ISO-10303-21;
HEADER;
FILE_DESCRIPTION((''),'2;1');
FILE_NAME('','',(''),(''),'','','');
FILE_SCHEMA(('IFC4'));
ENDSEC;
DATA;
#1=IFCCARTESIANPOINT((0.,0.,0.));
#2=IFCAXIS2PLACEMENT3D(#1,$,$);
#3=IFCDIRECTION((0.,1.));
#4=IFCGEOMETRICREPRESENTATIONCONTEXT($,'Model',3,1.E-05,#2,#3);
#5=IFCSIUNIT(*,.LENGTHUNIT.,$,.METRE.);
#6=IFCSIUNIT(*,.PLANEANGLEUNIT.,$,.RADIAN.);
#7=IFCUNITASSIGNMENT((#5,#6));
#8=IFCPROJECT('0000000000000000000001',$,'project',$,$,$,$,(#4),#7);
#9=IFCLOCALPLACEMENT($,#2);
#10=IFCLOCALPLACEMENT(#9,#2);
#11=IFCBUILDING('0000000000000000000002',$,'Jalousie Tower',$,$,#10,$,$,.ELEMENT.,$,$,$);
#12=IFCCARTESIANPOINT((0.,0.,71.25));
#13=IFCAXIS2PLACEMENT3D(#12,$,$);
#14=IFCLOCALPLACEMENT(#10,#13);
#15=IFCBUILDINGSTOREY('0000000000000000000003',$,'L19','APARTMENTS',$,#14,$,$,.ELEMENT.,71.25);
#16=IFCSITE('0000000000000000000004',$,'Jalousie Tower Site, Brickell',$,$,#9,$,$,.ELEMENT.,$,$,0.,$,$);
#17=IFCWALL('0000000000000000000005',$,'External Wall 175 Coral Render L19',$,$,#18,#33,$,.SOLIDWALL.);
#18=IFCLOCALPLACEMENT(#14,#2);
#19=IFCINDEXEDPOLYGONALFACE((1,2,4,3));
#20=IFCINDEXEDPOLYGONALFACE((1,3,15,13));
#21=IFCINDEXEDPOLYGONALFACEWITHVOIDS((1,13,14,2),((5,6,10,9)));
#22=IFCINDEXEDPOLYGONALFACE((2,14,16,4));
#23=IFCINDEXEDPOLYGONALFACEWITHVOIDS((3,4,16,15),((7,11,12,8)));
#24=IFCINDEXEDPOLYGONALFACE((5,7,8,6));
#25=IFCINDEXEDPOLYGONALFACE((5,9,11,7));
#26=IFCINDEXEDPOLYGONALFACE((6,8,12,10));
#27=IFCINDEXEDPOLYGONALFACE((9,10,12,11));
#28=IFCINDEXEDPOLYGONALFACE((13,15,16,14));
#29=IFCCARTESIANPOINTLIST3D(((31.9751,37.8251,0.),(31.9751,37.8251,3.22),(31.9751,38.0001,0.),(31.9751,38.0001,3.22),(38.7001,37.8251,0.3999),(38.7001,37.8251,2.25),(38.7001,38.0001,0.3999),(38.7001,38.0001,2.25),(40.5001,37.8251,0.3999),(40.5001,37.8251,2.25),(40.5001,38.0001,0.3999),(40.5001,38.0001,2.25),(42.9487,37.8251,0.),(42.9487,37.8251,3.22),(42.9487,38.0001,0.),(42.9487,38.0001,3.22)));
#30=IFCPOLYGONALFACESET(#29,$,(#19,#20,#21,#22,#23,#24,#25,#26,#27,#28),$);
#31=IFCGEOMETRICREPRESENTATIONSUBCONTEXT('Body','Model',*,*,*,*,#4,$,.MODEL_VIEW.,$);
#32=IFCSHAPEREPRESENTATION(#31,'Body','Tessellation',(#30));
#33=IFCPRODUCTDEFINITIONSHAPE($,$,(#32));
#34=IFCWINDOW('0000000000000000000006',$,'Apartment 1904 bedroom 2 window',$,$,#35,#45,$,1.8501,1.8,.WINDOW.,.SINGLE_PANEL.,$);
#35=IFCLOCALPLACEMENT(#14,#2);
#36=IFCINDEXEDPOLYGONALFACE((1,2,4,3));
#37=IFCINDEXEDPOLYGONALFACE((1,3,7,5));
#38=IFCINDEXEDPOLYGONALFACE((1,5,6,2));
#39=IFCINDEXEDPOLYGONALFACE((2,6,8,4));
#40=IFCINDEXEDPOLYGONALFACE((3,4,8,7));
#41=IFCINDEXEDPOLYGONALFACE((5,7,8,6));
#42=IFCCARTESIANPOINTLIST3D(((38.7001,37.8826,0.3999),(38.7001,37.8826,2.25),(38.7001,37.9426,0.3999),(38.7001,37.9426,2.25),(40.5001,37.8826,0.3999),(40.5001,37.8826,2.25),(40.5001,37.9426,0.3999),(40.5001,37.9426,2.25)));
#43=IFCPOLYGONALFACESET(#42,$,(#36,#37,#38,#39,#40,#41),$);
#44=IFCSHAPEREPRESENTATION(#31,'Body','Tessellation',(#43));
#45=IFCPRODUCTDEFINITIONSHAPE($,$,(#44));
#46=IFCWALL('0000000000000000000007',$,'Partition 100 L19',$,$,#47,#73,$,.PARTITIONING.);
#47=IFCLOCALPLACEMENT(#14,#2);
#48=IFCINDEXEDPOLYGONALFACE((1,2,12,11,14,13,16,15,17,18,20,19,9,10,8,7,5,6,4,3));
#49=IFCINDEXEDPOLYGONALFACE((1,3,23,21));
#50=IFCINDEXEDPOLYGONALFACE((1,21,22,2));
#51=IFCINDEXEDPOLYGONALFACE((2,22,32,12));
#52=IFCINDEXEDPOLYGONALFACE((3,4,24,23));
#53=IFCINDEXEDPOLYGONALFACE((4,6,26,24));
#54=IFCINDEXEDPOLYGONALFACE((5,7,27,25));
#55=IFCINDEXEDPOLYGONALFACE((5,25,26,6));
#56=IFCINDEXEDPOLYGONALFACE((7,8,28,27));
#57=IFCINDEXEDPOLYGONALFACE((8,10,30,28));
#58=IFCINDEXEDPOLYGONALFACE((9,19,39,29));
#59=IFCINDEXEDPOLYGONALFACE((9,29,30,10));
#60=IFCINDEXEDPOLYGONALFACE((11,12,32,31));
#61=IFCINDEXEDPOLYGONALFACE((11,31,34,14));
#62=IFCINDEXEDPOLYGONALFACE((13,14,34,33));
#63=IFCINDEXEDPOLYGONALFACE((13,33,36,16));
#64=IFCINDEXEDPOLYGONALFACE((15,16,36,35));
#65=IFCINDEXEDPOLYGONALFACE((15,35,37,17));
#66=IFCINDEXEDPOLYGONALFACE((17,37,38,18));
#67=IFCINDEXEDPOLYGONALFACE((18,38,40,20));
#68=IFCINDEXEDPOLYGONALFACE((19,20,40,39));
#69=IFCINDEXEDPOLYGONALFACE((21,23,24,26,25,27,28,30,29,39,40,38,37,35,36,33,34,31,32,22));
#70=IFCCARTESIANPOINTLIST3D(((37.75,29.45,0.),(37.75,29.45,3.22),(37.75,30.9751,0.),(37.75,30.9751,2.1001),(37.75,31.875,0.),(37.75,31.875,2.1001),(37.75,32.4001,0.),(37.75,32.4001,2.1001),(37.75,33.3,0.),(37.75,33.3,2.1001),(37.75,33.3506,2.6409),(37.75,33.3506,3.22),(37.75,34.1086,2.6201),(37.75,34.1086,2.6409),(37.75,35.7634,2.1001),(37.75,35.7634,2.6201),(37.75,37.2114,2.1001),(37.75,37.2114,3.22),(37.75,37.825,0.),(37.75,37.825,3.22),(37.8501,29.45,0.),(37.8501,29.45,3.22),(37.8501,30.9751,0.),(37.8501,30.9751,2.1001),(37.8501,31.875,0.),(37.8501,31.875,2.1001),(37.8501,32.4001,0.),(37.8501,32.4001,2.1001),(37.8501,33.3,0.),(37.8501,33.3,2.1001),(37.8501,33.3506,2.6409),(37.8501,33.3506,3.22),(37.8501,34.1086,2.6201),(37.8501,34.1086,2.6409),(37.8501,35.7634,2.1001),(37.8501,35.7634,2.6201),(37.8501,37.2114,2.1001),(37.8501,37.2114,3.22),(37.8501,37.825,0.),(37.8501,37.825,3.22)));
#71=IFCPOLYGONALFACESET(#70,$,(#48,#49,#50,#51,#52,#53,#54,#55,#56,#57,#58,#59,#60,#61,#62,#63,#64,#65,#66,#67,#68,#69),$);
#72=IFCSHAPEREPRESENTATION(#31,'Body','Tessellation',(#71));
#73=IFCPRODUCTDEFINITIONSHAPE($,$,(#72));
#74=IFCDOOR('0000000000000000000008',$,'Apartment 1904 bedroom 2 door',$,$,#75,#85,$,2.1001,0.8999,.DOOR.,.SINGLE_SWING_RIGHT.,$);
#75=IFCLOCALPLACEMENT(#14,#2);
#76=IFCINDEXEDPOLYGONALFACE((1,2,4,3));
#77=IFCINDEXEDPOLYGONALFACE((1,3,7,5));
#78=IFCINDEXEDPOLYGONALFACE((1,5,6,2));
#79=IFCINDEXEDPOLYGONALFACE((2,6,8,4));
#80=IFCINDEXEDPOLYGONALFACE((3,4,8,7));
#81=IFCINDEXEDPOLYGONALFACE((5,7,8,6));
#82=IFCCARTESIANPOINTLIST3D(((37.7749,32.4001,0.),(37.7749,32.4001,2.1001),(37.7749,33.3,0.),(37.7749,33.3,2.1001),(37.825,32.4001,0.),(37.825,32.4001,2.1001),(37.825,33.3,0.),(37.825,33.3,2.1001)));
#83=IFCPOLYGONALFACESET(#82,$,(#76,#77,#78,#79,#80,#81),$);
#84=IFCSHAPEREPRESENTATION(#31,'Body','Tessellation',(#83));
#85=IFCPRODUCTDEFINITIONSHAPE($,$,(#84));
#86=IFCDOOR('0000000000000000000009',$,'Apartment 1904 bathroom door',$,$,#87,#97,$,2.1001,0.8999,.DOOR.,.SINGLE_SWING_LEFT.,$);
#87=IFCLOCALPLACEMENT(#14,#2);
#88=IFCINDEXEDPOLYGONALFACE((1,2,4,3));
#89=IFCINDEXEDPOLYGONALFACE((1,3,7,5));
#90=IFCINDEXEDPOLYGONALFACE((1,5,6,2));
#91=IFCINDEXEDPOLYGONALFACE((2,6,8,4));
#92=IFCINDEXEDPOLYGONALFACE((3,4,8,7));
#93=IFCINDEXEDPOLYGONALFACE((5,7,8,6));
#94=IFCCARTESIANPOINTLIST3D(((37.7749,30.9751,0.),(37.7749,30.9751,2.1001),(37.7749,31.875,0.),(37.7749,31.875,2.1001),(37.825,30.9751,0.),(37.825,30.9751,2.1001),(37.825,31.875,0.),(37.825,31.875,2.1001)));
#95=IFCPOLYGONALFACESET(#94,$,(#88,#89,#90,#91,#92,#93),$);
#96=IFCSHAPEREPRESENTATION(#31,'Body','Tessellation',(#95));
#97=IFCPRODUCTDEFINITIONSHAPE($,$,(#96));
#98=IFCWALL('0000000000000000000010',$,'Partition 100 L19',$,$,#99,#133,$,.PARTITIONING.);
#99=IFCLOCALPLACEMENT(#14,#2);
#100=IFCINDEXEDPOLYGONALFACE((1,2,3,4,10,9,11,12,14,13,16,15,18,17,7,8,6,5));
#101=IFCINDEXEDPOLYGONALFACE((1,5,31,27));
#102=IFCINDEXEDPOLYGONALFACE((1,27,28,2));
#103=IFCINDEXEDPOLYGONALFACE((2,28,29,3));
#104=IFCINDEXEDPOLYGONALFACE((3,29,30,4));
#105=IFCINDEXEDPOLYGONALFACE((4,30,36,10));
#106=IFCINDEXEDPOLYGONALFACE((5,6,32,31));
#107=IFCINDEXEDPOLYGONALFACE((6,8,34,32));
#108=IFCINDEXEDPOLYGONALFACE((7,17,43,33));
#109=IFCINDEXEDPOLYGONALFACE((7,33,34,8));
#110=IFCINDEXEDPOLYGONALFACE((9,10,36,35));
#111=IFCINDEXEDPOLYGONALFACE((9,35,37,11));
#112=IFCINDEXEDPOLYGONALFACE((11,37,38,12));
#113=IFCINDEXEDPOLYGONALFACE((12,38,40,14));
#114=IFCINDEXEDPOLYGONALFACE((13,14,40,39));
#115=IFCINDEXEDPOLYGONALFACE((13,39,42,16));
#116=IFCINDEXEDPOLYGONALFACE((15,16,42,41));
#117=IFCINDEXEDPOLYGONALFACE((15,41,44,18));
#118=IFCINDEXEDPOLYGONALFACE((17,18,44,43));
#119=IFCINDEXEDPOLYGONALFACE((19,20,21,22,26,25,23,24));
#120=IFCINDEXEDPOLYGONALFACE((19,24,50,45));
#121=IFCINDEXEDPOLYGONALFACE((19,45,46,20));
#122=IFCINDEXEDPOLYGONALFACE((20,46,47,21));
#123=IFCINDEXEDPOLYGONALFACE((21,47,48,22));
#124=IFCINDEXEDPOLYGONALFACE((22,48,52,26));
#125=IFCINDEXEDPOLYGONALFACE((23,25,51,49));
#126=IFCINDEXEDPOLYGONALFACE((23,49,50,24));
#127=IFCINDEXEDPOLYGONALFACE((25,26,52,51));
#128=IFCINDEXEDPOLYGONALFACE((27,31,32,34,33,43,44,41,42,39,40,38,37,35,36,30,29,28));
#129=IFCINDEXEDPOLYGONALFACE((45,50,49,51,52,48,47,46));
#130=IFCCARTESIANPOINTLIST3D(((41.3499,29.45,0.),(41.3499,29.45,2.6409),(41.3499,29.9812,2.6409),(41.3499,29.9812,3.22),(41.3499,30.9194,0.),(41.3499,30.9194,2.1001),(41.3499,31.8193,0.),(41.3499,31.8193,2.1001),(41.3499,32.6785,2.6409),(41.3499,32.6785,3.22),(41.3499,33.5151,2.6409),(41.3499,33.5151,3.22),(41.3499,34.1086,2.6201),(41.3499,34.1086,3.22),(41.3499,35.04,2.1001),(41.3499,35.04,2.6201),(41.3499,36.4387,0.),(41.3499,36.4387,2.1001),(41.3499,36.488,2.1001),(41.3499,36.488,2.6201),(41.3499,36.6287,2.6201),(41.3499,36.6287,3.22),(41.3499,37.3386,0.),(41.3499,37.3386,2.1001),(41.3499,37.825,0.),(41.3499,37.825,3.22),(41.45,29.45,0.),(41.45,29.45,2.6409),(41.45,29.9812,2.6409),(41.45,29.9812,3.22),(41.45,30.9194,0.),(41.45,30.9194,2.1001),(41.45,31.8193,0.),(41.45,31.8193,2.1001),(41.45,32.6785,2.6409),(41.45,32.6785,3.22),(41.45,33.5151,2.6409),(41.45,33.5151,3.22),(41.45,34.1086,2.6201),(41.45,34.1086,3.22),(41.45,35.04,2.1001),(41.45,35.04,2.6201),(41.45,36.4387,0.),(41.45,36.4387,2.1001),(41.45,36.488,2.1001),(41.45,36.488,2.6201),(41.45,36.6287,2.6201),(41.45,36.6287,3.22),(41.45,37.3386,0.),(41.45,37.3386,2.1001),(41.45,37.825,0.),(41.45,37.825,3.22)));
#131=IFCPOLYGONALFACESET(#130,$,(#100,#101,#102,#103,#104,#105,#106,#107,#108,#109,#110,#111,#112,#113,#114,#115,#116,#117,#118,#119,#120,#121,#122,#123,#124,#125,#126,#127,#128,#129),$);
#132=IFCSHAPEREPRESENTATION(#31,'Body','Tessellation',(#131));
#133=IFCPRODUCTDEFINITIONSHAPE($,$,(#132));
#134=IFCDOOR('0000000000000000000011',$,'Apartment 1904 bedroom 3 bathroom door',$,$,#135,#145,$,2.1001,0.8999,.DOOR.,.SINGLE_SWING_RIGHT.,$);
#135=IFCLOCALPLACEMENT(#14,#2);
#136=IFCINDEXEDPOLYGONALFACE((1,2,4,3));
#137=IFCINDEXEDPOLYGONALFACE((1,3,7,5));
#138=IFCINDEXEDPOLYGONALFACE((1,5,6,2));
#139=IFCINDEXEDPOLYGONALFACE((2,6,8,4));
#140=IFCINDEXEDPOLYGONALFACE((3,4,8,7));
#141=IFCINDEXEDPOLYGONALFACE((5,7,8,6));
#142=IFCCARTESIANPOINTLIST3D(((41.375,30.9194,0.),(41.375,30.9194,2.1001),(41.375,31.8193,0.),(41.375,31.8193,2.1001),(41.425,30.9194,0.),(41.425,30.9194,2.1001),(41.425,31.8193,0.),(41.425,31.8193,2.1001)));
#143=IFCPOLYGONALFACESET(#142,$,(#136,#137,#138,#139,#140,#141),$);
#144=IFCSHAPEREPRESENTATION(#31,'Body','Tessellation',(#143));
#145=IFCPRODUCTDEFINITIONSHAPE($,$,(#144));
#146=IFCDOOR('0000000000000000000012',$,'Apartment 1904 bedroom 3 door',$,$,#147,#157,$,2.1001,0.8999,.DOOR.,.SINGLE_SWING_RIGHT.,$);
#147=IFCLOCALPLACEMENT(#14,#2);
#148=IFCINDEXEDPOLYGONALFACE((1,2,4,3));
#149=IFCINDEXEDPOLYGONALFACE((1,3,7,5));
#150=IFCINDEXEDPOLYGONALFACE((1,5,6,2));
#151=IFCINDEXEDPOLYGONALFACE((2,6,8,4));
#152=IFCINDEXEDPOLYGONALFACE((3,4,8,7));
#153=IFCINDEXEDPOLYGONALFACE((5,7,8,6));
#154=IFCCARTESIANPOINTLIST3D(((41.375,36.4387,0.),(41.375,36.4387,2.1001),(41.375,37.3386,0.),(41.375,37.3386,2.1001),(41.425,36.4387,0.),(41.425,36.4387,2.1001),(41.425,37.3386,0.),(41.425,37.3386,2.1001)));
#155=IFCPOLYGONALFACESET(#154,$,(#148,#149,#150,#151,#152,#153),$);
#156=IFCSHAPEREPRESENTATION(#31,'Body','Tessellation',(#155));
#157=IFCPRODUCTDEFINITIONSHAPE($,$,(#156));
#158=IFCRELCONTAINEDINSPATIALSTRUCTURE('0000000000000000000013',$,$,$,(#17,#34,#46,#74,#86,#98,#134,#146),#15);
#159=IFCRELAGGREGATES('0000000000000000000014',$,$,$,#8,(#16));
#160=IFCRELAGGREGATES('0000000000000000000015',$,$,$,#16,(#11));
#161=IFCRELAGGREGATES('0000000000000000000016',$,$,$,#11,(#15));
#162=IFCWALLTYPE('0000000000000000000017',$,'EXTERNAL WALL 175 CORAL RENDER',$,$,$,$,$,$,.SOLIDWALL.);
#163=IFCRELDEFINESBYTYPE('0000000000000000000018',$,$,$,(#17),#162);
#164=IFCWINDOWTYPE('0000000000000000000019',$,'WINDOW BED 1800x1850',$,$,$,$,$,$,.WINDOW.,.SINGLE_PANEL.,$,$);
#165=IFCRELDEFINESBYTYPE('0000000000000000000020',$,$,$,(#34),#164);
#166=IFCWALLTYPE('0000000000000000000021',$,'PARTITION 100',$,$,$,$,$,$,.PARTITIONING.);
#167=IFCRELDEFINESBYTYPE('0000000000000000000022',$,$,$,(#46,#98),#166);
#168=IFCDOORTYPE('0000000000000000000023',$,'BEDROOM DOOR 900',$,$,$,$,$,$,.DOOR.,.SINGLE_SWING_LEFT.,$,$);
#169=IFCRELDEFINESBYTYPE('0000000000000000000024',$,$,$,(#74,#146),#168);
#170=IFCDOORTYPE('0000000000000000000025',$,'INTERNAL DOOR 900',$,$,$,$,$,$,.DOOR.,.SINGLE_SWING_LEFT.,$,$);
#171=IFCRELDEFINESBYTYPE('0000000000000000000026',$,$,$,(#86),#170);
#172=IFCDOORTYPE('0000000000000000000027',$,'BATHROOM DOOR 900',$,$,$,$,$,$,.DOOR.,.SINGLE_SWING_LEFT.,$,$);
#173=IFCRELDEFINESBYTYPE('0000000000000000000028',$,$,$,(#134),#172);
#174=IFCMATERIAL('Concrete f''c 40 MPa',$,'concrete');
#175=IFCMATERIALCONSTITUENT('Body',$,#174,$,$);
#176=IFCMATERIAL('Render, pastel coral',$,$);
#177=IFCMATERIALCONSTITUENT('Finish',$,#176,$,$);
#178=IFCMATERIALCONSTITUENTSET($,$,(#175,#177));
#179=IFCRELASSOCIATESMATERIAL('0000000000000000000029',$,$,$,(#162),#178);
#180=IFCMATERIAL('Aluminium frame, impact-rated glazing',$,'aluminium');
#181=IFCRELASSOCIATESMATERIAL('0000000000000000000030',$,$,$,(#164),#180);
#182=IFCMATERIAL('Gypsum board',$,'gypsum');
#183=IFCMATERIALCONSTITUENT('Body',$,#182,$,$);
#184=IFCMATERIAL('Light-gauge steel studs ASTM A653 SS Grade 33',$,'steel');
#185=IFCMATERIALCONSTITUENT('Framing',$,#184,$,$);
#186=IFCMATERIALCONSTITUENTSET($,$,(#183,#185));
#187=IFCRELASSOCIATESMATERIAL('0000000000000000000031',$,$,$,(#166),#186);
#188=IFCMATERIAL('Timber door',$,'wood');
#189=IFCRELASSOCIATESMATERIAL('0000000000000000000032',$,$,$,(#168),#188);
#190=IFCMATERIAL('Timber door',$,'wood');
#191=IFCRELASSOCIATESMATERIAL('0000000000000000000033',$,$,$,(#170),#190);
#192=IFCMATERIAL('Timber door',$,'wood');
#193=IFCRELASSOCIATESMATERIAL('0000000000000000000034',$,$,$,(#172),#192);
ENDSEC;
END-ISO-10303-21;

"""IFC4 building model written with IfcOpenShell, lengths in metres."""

from ifc_helpers import new_model, si_unit, direction, frame, frame_2d, origin, place, context, subcontext, project, spatial, polyline, rectangle, outline, extrude, material, constituent, constituent_set, type_object, element, fill, save


model = new_model("IFC4")

# Units and contexts
model_context = context("Model", 3, precision=1e-05, world=origin(), true_north=direction((0.0, 1.0)))
body_context = subcontext(model_context, "Body", "Model", "MODEL_VIEW")
ifc_project = project(units=[si_unit("LENGTHUNIT", "METRE"), si_unit("PLANEANGLEUNIT", "RADIAN")], contexts=[model_context])

# Site, building, storey
site_placement = place(None, origin())
site = spatial("IfcSite", under=ifc_project, at=site_placement, Name="Jalousie Tower Site, Brickell", CompositionType="ELEMENT", RefElevation=0.0)
building_placement = place(site_placement, origin())
building = spatial("IfcBuilding", under=site, at=building_placement, Name="Jalousie Tower", CompositionType="ELEMENT")
storey_placement = place(building_placement, frame((0.0, 0.0, 71.25)))
storey = spatial("IfcBuildingStorey", under=building, at=storey_placement, Name="L19", Description="APARTMENTS", CompositionType="ELEMENT", Elevation=71.25)

# Wall, opening, window
ifc_material_1 = material(Name="Concrete f'c 40 MPa", Category="concrete")
ifc_constituent_1 = constituent(ifc_material_1, Name="Body")
ifc_material_2 = material(Name="Render, pastel coral")
ifc_constituent_2 = constituent(ifc_material_2, Name="Finish")
ifc_constituent_set_1 = constituent_set(constituents=[ifc_constituent_1, ifc_constituent_2])
wall_type_1 = type_object("IfcWallType", Name="EXTERNAL WALL 175 CORAL RENDER", PredefinedType="SOLIDWALL", material=ifc_constituent_set_1)
wall_1_placement = place(storey_placement, frame((42.9487, 37.9126, 0.0), z_axis=(0.0, 0.0, 1.0), x_axis=(-1.0, 0.0, 0.0)))
wall_1 = element("IfcWall", 1, at=wall_1_placement, inside=storey, type_object=wall_type_1, Name="External Wall 175 Coral Render L19", PredefinedType="SOLIDWALL", context=body_context, shape_type="SweptSolid", body=[
    extrude(rectangle(XDim=10.9736, YDim=0.175, at=frame_2d((5.4868, 0.0))), origin(), (0.0, 0.0, 1.0), 3.22),
])
opening_1_placement = place(wall_1_placement, frame((2.4487, 0.0, 0.3999)))
opening_1 = element("IfcOpeningElement", 2, at=opening_1_placement, cuts=wall_1, PredefinedType="OPENING", context=body_context, shape_type="SweptSolid", body=[
    extrude(rectangle(XDim=1.8, YDim=1.8501, at=frame_2d((0.8999, 0.925))), frame((0.0, 0.0974, 0.0), z_axis=(0.0, -1.0, 0.0), x_axis=(1.0, 0.0, 0.0)), (0.0, 0.0, 1.0), 0.1951),
])
ifc_material_3 = material(Name="Aluminium frame, impact-rated glazing", Category="aluminium")
window_type = type_object("IfcWindowType", Name="WINDOW BED 1800x1850", PartitioningType="SINGLE_PANEL", PredefinedType="WINDOW", material=ifc_material_3)
window_placement = place(opening_1_placement, origin())
window = element("IfcWindow", 3, at=window_placement, inside=storey, type_object=window_type, Name="Apartment 1904 bedroom 2 window", OverallHeight=1.8501, OverallWidth=1.8, PartitioningType="SINGLE_PANEL", PredefinedType="WINDOW", context=body_context, shape_type="SweptSolid", body=[
    extrude(rectangle(XDim=1.8, YDim=1.8501, at=frame_2d((0.8999, 0.925))), frame((0.0, 0.03, 0.0), z_axis=(0.0, -1.0, 0.0), x_axis=(1.0, 0.0, 0.0)), (0.0, 0.0, 1.0), 0.0601),
])
fill(opening_1, window)

# Walls, openings, doors
ifc_material_4 = material(Name="Gypsum board", Category="gypsum")
ifc_constituent_3 = constituent(ifc_material_4, Name="Body")
ifc_material_5 = material(Name="Light-gauge steel studs ASTM A653 SS Grade 33", Category="steel")
ifc_constituent_4 = constituent(ifc_material_5, Name="Framing")
ifc_constituent_set_2 = constituent_set(constituents=[ifc_constituent_3, ifc_constituent_4])
wall_type_2 = type_object("IfcWallType", Name="PARTITION 100", PredefinedType="PARTITIONING", material=ifc_constituent_set_2)
wall_2_placement = place(storey_placement, frame((37.8, 37.825, 0.0), z_axis=(0.0, 0.0, 1.0), x_axis=(0.0, -1.0, 0.0)))
wall_2 = element("IfcWall", 4, at=wall_2_placement, inside=storey, type_object=wall_type_2, Name="Partition 100 L19", PredefinedType="PARTITIONING", context=body_context, shape_type="SweptSolid", body=[
    extrude(outline(polyline([(0.0, 0.0), (8.375, 0.0), (8.375, 3.22), (4.4744, 3.22), (4.4744, 2.6409), (3.7163, 2.6409), (3.7163, 2.6201), (2.0615, 2.6201), (2.0615, 2.1001), (0.6135, 2.1001), (0.6135, 3.22), (0.0, 3.22), (0.0, 0.0)])), frame((0.0, 0.05, 0.0), z_axis=(0.0, -1.0, 0.0), x_axis=(1.0, 0.0, 0.0)), (0.0, 0.0, 1.0), 0.1001),
])
opening_2_placement = place(wall_2_placement, frame((4.5249, 0.0, 0.0)))
opening_2 = element("IfcOpeningElement", 5, at=opening_2_placement, cuts=wall_2, PredefinedType="OPENING", context=body_context, shape_type="SweptSolid", body=[
    extrude(rectangle(XDim=0.8999, YDim=2.1001, at=frame_2d((0.45, 1.05))), frame((0.0, 0.0601, 0.0), z_axis=(0.0, -1.0, 0.0), x_axis=(1.0, 0.0, 0.0)), (0.0, 0.0, 1.0), 0.1201),
])
opening_3_placement = place(wall_2_placement, frame((5.95, 0.0, 0.0)))
opening_3 = element("IfcOpeningElement", 6, at=opening_3_placement, cuts=wall_2, PredefinedType="OPENING", context=body_context, shape_type="SweptSolid", body=[
    extrude(rectangle(XDim=0.8999, YDim=2.1001, at=frame_2d((0.45, 1.05))), frame((0.0, 0.0601, 0.0), z_axis=(0.0, -1.0, 0.0), x_axis=(1.0, 0.0, 0.0)), (0.0, 0.0, 1.0), 0.1201),
])
ifc_material_6 = material(Name="Timber door", Category="wood")
door_type_1 = type_object("IfcDoorType", Name="BEDROOM DOOR 900", OperationType="SINGLE_SWING_LEFT", PredefinedType="DOOR", material=ifc_material_6)
door_1_placement = place(opening_2_placement, origin())
door_1 = element("IfcDoor", 7, at=door_1_placement, inside=storey, type_object=door_type_1, Name="Apartment 1904 bedroom 2 door", OperationType="SINGLE_SWING_RIGHT", OverallHeight=2.1001, OverallWidth=0.8999, PredefinedType="DOOR", context=body_context, shape_type="SweptSolid", body=[
    extrude(rectangle(XDim=0.8999, YDim=2.1001, at=frame_2d((0.45, 1.05))), frame((0.0, 0.0249, 0.0), z_axis=(0.0, -1.0, 0.0), x_axis=(1.0, 0.0, 0.0)), (0.0, 0.0, 1.0), 0.05),
])
fill(opening_2, door_1)
ifc_material_7 = material(Name="Timber door", Category="wood")
door_type_2 = type_object("IfcDoorType", Name="INTERNAL DOOR 900", OperationType="SINGLE_SWING_LEFT", PredefinedType="DOOR", material=ifc_material_7)
door_2_placement = place(opening_3_placement, origin())
door_2 = element("IfcDoor", 8, at=door_2_placement, inside=storey, type_object=door_type_2, Name="Apartment 1904 bathroom door", OperationType="SINGLE_SWING_LEFT", OverallHeight=2.1001, OverallWidth=0.8999, PredefinedType="DOOR", context=body_context, shape_type="SweptSolid", body=[
    extrude(rectangle(XDim=0.8999, YDim=2.1001, at=frame_2d((0.45, 1.05))), frame((0.0, 0.0249, 0.0), z_axis=(0.0, -1.0, 0.0), x_axis=(1.0, 0.0, 0.0)), (0.0, 0.0, 1.0), 0.05),
])
fill(opening_3, door_2)
wall_3_placement = place(storey_placement, frame((41.3999, 37.825, 0.0), z_axis=(0.0, 0.0, 1.0), x_axis=(0.0, -1.0, 0.0)))
wall_3 = element("IfcWall", 9, at=wall_3_placement, inside=storey, type_object=wall_type_2, Name="Partition 100 L19", PredefinedType="PARTITIONING", context=body_context, shape_type="SweptSolid", body=[
    extrude(outline(polyline([(0.0, 0.0), (8.375, 0.0), (8.375, 2.6409), (7.8438, 2.6409), (7.8438, 3.22), (5.1465, 3.22), (5.1465, 2.6409), (4.3098, 2.6409), (4.3098, 3.22), (3.7163, 3.22), (3.7163, 2.6201), (2.7849, 2.6201), (2.7849, 2.1001), (1.3369, 2.1001), (1.3369, 2.6201), (1.1963, 2.6201), (1.1963, 3.22), (0.0, 3.22), (0.0, 0.0)])), frame((0.0, 0.05, 0.0), z_axis=(0.0, -1.0, 0.0), x_axis=(1.0, 0.0, 0.0)), (0.0, 0.0, 1.0), 0.1001),
])
opening_4_placement = place(wall_3_placement, frame((0.4863, 0.0, 0.0)))
opening_4 = element("IfcOpeningElement", 10, at=opening_4_placement, cuts=wall_3, PredefinedType="OPENING", context=body_context, shape_type="SweptSolid", body=[
    extrude(rectangle(XDim=0.8999, YDim=2.1001, at=frame_2d((0.45, 1.05))), frame((0.0, 0.0601, 0.0), z_axis=(0.0, -1.0, 0.0), x_axis=(1.0, 0.0, 0.0)), (0.0, 0.0, 1.0), 0.1201),
])
opening_5_placement = place(wall_3_placement, frame((6.0056, 0.0, 0.0)))
opening_5 = element("IfcOpeningElement", 11, at=opening_5_placement, cuts=wall_3, PredefinedType="OPENING", context=body_context, shape_type="SweptSolid", body=[
    extrude(rectangle(XDim=0.8999, YDim=2.1001, at=frame_2d((0.45, 1.05))), frame((0.0, 0.0601, 0.0), z_axis=(0.0, -1.0, 0.0), x_axis=(1.0, 0.0, 0.0)), (0.0, 0.0, 1.0), 0.1201),
])
ifc_material_8 = material(Name="Timber door", Category="wood")
door_type_3 = type_object("IfcDoorType", Name="BATHROOM DOOR 900", OperationType="SINGLE_SWING_LEFT", PredefinedType="DOOR", material=ifc_material_8)
door_3_placement = place(opening_5_placement, frame((0.8999, 0.0, 0.0), z_axis=(0.0, 0.0, 1.0), x_axis=(-1.0, 0.0, 0.0)))
door_3 = element("IfcDoor", 12, at=door_3_placement, inside=storey, type_object=door_type_3, Name="Apartment 1904 bedroom 3 bathroom door", OperationType="SINGLE_SWING_RIGHT", OverallHeight=2.1001, OverallWidth=0.8999, PredefinedType="DOOR", context=body_context, shape_type="SweptSolid", body=[
    extrude(rectangle(XDim=0.8999, YDim=2.1001, at=frame_2d((0.45, 1.05))), frame((0.0, 0.0249, 0.0), z_axis=(0.0, -1.0, 0.0), x_axis=(1.0, 0.0, 0.0)), (0.0, 0.0, 1.0), 0.05),
])
fill(opening_5, door_3)
door_4_placement = place(opening_4_placement, frame((0.8999, 0.0, 0.0), z_axis=(0.0, 0.0, 1.0), x_axis=(-1.0, 0.0, 0.0)))
door_4 = element("IfcDoor", 13, at=door_4_placement, inside=storey, type_object=door_type_1, Name="Apartment 1904 bedroom 3 door", OperationType="SINGLE_SWING_RIGHT", OverallHeight=2.1001, OverallWidth=0.8999, PredefinedType="DOOR", context=body_context, shape_type="SweptSolid", body=[
    extrude(rectangle(XDim=0.8999, YDim=2.1001, at=frame_2d((0.45, 1.05))), frame((0.0, 0.0249, 0.0), z_axis=(0.0, -1.0, 0.0), x_axis=(1.0, 0.0, 0.0)), (0.0, 0.0, 1.0), 0.05),
])
fill(opening_4, door_4)

save(model, "model.ifc")
